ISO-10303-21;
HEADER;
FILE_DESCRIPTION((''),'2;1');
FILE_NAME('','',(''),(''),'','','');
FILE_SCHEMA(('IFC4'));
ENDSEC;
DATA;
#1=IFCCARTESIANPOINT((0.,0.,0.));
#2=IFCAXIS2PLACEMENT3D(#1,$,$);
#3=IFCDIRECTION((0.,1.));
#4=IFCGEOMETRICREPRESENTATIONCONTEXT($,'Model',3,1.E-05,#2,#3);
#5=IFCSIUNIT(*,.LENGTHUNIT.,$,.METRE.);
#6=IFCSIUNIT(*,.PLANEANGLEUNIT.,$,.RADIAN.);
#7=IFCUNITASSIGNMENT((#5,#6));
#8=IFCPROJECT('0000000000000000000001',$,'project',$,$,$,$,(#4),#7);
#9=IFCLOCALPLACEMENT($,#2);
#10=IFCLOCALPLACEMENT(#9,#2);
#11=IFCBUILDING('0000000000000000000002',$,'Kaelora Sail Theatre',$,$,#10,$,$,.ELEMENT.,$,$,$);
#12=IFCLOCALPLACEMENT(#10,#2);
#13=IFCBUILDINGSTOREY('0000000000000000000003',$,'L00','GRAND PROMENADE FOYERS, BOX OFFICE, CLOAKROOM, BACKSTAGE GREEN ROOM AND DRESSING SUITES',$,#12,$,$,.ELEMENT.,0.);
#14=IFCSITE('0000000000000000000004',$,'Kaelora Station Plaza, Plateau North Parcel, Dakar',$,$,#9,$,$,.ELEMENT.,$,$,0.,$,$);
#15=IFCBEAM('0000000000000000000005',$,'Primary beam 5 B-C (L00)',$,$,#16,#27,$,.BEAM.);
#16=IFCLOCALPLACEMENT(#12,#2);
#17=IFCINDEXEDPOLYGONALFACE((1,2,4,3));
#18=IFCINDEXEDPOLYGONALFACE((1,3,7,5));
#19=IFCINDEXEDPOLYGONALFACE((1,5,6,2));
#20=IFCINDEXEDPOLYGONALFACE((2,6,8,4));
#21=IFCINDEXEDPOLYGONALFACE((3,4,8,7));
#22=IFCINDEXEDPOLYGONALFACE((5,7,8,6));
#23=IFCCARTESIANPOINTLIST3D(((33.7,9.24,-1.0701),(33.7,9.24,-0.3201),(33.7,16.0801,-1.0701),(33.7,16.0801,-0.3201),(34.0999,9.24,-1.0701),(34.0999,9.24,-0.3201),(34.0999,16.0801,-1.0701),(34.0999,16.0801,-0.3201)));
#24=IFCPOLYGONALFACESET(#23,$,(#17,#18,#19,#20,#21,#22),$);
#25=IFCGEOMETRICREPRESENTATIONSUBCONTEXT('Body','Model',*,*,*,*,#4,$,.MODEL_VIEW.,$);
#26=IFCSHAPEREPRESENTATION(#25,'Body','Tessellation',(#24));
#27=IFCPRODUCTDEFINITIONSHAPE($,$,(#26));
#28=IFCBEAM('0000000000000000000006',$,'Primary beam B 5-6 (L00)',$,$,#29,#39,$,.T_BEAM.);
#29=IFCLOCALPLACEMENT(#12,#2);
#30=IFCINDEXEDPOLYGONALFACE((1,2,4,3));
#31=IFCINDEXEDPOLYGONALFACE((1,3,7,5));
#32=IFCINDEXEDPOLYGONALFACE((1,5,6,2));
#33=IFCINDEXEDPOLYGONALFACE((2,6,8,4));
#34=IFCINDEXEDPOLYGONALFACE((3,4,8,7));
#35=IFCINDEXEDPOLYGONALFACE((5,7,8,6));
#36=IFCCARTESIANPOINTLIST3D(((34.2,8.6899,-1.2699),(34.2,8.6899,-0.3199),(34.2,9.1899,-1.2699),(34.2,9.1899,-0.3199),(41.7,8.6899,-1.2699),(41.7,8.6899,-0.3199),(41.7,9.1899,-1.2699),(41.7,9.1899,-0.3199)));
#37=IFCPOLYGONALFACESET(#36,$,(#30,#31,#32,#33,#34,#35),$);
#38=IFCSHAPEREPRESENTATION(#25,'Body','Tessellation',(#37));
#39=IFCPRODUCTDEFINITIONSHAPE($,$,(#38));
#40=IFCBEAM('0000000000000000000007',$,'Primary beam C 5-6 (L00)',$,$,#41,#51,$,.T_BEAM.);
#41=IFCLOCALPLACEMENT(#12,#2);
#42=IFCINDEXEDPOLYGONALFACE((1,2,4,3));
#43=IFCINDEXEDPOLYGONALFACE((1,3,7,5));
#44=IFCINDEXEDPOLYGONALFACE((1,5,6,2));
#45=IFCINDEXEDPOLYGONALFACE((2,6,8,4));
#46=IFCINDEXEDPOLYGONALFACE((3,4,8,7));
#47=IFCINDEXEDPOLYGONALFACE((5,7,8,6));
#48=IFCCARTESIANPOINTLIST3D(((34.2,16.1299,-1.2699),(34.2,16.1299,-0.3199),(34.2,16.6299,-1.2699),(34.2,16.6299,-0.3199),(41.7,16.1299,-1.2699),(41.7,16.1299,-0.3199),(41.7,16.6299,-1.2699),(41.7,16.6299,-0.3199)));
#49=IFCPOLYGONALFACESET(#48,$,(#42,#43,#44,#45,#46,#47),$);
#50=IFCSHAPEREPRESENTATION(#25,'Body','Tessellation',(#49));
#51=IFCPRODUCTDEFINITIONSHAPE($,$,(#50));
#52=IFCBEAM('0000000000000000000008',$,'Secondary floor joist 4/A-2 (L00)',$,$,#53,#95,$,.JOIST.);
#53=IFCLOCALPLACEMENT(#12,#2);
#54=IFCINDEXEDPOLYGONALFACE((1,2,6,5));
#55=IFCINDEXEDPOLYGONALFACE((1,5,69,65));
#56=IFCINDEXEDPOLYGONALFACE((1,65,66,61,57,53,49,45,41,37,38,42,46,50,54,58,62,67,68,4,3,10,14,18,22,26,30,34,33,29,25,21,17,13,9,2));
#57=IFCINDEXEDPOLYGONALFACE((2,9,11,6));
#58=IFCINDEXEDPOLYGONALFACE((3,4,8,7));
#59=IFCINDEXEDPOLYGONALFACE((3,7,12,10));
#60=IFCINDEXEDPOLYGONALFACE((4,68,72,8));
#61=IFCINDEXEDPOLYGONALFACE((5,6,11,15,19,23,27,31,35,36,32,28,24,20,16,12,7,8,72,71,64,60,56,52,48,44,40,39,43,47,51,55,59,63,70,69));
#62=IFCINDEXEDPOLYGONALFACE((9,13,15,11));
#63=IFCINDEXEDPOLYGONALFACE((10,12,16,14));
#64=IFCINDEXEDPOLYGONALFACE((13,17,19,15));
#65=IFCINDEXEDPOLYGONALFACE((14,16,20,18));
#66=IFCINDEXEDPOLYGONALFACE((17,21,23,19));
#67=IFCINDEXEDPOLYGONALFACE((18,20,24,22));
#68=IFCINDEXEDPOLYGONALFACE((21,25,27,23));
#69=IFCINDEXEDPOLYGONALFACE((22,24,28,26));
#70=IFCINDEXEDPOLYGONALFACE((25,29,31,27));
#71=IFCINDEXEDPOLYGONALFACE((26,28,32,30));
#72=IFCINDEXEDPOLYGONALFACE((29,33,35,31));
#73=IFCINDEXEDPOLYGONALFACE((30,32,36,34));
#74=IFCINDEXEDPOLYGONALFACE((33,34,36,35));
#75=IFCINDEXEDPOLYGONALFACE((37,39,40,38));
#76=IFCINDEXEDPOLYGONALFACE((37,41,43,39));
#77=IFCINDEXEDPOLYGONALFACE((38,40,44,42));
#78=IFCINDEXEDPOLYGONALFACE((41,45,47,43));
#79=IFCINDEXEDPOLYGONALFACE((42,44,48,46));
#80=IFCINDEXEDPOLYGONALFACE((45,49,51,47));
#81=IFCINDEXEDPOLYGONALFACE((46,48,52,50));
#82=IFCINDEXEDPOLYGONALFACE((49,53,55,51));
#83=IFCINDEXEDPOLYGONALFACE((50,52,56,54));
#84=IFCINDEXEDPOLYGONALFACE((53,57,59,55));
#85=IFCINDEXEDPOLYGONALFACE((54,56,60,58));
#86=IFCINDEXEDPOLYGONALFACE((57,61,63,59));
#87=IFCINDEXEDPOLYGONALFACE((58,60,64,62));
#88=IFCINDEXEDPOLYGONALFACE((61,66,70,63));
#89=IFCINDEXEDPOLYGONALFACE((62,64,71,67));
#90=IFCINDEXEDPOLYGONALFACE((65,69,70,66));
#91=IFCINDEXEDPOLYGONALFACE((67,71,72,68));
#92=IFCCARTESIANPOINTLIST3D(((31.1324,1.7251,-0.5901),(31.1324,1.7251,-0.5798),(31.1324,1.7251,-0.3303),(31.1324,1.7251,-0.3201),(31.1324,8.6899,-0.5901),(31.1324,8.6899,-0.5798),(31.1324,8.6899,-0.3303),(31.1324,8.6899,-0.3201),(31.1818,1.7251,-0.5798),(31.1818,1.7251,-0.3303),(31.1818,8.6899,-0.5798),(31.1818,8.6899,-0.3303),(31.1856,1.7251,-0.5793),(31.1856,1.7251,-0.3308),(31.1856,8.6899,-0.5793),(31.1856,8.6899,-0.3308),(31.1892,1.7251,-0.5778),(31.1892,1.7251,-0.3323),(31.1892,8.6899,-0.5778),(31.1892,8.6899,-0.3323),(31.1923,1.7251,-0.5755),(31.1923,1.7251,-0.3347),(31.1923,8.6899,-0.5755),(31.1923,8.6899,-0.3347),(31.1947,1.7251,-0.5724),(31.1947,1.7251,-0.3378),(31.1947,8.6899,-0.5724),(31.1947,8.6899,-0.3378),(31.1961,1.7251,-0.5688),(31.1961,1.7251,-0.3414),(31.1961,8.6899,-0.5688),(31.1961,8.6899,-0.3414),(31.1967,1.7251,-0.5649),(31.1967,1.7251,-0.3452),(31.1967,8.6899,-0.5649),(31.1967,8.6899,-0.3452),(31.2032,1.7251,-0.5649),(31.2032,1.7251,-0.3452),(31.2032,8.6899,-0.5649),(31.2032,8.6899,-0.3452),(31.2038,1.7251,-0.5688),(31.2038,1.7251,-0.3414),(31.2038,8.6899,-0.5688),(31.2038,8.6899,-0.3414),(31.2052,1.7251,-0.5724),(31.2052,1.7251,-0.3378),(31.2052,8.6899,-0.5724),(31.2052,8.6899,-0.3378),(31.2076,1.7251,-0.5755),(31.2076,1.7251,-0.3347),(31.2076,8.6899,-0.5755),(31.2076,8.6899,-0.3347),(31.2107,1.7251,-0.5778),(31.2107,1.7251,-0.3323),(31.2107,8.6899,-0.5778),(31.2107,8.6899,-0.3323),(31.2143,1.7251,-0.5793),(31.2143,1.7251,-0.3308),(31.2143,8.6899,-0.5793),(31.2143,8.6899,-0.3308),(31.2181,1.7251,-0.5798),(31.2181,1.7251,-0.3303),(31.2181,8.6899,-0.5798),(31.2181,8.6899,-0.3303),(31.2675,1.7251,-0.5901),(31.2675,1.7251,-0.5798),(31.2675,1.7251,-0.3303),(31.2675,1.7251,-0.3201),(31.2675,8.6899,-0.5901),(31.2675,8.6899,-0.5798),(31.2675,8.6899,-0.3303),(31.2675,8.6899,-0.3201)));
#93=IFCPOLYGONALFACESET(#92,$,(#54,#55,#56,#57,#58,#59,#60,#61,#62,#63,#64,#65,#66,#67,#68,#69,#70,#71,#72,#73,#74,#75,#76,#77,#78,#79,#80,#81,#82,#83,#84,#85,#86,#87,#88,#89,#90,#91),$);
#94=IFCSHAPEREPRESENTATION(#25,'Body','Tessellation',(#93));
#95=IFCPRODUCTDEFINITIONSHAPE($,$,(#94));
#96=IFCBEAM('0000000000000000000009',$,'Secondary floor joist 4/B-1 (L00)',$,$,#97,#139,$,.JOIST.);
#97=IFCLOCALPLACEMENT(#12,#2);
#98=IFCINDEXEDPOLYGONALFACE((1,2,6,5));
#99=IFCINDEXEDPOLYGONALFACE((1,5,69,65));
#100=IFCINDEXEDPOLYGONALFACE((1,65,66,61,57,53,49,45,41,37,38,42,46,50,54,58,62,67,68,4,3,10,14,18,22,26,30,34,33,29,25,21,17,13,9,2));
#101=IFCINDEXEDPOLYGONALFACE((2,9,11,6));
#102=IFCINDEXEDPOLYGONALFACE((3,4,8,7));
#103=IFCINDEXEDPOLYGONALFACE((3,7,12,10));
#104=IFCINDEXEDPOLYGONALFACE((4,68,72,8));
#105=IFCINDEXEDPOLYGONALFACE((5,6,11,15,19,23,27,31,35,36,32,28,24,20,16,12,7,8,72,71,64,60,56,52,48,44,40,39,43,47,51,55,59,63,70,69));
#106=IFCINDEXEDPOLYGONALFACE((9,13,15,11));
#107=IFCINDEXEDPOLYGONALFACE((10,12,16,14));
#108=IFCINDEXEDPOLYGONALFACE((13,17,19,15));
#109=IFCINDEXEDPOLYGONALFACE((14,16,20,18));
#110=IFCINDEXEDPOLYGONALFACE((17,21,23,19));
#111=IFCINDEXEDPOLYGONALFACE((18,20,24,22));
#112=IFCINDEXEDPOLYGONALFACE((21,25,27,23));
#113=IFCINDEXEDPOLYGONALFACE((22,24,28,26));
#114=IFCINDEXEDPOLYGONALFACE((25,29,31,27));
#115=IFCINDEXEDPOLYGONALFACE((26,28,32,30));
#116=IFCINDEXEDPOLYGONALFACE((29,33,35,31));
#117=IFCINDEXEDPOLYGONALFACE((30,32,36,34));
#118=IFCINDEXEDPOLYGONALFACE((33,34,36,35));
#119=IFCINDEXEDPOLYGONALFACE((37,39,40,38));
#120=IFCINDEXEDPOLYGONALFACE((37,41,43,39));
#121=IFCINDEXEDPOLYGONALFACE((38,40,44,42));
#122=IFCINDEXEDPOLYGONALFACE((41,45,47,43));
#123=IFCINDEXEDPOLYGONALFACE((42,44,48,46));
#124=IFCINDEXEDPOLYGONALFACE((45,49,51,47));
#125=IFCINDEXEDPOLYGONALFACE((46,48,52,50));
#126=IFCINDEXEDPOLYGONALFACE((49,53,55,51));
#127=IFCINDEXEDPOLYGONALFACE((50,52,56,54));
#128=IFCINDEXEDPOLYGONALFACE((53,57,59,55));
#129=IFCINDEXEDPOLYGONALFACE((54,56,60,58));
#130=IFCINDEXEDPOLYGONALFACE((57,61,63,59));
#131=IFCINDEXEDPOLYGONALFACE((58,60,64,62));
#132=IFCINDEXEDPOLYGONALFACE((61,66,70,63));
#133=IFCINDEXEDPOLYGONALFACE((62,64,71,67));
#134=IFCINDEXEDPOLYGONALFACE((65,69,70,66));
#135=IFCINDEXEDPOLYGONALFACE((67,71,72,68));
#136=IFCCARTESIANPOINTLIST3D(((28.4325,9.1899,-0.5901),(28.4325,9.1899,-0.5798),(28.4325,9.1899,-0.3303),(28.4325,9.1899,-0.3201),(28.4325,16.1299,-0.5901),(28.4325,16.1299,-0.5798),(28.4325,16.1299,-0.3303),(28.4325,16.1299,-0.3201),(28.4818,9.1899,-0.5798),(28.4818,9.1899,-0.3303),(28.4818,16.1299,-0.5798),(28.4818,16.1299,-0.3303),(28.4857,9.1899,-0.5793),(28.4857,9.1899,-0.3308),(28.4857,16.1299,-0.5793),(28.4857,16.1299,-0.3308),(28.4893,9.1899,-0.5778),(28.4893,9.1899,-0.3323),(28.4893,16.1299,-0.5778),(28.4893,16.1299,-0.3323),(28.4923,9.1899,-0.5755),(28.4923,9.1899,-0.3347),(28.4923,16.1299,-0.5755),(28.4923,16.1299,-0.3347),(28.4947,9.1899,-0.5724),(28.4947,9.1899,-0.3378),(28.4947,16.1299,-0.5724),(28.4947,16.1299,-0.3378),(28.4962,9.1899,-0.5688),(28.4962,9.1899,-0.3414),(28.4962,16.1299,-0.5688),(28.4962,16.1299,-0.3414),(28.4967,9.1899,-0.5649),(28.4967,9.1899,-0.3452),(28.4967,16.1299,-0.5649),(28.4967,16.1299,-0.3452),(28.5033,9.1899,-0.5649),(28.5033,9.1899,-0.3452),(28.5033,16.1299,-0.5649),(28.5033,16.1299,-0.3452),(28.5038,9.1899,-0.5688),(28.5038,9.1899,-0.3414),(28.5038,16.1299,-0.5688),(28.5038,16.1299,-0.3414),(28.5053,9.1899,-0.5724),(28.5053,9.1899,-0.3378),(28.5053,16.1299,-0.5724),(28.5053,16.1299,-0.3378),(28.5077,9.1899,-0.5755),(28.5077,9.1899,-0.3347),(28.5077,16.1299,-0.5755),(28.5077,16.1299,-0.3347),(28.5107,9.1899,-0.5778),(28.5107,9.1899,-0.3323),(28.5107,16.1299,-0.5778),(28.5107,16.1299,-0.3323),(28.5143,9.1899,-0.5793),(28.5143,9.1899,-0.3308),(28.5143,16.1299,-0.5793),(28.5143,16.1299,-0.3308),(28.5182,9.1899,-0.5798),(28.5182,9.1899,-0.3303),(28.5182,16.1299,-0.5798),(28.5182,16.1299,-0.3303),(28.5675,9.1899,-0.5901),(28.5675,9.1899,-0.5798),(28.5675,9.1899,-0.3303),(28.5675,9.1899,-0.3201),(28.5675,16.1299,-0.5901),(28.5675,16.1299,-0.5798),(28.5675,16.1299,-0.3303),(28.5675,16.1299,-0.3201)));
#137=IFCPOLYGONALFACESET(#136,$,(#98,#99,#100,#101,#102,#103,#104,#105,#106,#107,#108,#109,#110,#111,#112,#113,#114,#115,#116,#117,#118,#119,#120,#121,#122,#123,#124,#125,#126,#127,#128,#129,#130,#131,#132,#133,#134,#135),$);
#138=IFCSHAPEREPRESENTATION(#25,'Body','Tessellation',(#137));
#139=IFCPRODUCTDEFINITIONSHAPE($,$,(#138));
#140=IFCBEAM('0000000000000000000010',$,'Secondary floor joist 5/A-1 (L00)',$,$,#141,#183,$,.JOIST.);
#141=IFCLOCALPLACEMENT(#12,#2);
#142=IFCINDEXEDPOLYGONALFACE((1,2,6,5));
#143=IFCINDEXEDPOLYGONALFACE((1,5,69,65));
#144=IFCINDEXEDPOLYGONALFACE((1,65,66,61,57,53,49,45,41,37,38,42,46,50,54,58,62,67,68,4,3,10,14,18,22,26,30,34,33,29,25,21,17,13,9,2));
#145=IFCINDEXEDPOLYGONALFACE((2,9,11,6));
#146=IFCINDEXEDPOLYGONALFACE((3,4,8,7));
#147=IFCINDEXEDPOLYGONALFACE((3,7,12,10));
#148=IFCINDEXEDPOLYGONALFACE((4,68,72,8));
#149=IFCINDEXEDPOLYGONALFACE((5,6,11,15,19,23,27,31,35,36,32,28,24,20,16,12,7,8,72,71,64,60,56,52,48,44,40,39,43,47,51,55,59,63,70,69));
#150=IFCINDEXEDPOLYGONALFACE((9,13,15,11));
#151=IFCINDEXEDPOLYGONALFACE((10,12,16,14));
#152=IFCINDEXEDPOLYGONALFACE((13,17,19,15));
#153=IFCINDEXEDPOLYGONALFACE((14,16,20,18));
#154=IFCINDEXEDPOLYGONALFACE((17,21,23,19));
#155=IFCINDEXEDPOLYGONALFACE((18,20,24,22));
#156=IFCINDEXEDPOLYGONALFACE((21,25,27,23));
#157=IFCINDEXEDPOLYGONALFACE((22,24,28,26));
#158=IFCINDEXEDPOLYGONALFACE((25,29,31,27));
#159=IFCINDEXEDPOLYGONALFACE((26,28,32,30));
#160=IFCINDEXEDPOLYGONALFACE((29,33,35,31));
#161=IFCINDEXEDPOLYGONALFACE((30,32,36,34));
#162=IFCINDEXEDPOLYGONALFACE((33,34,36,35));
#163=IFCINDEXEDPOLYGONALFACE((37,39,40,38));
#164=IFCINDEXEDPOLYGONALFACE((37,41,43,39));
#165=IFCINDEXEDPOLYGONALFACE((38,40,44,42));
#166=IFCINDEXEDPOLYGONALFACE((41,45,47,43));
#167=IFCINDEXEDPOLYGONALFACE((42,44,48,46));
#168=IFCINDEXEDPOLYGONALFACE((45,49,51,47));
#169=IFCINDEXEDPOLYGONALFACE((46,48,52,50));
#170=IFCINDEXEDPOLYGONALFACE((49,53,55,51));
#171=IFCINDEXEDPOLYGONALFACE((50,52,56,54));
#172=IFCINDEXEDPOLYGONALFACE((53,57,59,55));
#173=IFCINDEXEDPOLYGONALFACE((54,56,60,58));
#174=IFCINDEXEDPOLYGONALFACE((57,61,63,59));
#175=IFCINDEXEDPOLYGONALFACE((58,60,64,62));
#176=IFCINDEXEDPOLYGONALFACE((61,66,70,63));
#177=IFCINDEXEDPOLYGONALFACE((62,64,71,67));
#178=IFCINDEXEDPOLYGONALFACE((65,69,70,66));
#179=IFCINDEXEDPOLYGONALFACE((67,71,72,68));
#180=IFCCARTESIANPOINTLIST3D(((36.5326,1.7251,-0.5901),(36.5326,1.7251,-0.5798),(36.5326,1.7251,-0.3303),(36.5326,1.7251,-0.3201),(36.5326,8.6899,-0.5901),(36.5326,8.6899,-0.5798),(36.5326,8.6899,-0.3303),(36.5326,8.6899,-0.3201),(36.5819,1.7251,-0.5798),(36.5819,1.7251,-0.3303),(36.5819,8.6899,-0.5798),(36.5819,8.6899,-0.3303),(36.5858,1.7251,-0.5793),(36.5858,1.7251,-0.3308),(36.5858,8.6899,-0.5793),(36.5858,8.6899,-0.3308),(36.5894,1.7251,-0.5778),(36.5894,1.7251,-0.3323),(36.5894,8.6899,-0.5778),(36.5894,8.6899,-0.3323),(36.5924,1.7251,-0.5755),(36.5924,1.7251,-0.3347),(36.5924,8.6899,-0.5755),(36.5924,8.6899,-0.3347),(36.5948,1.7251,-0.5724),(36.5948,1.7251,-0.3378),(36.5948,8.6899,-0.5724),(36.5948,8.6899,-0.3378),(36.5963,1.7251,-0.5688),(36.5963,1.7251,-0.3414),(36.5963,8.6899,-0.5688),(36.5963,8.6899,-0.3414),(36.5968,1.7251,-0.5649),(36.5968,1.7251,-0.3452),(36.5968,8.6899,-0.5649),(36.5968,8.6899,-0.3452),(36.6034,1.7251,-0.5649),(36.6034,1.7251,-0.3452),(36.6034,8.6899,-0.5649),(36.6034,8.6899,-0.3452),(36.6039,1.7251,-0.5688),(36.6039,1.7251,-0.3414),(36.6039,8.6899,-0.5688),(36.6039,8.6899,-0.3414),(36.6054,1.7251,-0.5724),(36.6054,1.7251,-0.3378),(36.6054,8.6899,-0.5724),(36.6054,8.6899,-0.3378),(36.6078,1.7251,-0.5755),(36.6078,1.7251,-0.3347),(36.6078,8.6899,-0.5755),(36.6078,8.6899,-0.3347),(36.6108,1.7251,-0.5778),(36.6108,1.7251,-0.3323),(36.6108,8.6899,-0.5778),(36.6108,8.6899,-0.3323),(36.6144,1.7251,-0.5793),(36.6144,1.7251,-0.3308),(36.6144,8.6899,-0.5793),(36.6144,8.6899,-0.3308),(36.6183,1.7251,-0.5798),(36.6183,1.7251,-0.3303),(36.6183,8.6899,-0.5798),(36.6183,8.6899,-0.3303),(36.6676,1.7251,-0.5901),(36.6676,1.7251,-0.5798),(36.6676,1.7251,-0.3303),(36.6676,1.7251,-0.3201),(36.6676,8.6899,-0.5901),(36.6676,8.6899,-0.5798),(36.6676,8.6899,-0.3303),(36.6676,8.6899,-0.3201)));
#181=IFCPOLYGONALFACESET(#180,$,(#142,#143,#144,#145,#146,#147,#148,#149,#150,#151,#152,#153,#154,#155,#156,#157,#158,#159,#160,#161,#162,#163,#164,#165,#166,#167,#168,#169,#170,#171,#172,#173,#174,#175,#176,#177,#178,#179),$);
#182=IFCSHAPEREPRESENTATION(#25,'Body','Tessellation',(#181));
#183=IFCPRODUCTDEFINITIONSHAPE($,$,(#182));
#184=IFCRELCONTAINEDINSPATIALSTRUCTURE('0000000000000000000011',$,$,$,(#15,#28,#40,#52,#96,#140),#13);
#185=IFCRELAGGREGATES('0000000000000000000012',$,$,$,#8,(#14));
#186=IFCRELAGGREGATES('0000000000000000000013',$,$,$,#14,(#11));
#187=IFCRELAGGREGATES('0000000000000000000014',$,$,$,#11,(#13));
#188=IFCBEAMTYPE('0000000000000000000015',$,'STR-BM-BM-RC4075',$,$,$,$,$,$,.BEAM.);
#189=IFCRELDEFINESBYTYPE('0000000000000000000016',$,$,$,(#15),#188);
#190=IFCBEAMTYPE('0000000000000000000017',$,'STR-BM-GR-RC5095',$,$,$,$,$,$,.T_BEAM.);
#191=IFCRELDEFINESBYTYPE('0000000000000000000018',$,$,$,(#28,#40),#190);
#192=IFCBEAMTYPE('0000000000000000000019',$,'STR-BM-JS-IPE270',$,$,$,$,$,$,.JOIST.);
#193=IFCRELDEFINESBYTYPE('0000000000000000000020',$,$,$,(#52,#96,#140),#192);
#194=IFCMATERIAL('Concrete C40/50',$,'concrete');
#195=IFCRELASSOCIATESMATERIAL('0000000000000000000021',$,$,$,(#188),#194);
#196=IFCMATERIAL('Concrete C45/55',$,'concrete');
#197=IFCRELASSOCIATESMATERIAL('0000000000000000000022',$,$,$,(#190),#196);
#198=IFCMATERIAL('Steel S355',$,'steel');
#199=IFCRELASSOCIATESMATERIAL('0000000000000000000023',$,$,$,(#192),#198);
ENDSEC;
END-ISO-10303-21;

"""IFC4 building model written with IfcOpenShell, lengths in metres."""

from ifc_helpers import new_model, si_unit, direction, frame, origin, origin_2d, place, context, subcontext, project, spatial, rectangle, i_section, extrude, material, material_profile, profile_set, type_object, element, save


model = new_model("IFC4")

# Units and contexts
model_context = context("Model", 3, precision=1e-05, world=origin(), true_north=direction((0.0, 1.0)))
body_context = subcontext(model_context, "Body", "Model", "MODEL_VIEW")
ifc_project = project(units=[si_unit("LENGTHUNIT", "METRE"), si_unit("PLANEANGLEUNIT", "RADIAN")], contexts=[model_context])

# Site, building, storey
site_placement = place(None, origin())
site = spatial("IfcSite", under=ifc_project, at=site_placement, Name="Kaelora Station Plaza, Plateau North Parcel, Dakar", CompositionType="ELEMENT", RefElevation=0.0)
building_placement = place(site_placement, origin())
building = spatial("IfcBuilding", under=site, at=building_placement, Name="Kaelora Sail Theatre", CompositionType="ELEMENT")
storey_placement = place(building_placement, origin())
storey = spatial("IfcBuildingStorey", under=building, at=storey_placement, Name="L00", Description="GRAND PROMENADE FOYERS, BOX OFFICE, CLOAKROOM, BACKSTAGE GREEN ROOM AND DRESSING SUITES", CompositionType="ELEMENT", Elevation=0.0)

# Beams
ifc_material_1 = material(Name="Concrete C40/50", Category="concrete")
ifc_material_profile_1 = material_profile(ifc_material_1, rectangle(XDim=0.3999, YDim=0.75, at=origin_2d()), Name="RC-BM 400x750")
ifc_profile_set_1 = profile_set([ifc_material_profile_1], Name="Concrete C40/50")
beam_type_1 = type_object("IfcBeamType", Name="STR-BM-BM-RC4075", PredefinedType="BEAM", material=ifc_profile_set_1)
beam_1_placement = place(storey_placement, frame((33.8999, 9.24, -0.6951), z_axis=(0.0, 1.0, 0.0), x_axis=(-1.0, 0.0, 0.0)))
element("IfcBeam", 1, at=beam_1_placement, inside=storey, type_object=beam_type_1, Name="Primary beam 5 B-C (L00)", PredefinedType="BEAM", context=body_context, shape_type="SweptSolid", body=[
    extrude(rectangle(XDim=0.3999, YDim=0.75, at=origin_2d()), origin(), (0.0, 0.0, 1.0), 6.8401),
])
ifc_material_2 = material(Name="Concrete C45/55", Category="concrete")
ifc_material_profile_2 = material_profile(ifc_material_2, rectangle(XDim=0.5, YDim=0.95, at=origin_2d()), Name="RC-GRD 500x950")
ifc_profile_set_2 = profile_set([ifc_material_profile_2], Name="Concrete C45/55")
beam_type_2 = type_object("IfcBeamType", Name="STR-BM-GR-RC5095", PredefinedType="T_BEAM", material=ifc_profile_set_2)
for number, where, z_axis, x_axis, name in (
    (2, (34.2, 8.9399, -0.7949), (1.0, 0.0, 0.0), (0.0, 1.0, 0.0), "Primary beam B 5-6 (L00)"),
    (3, (34.2, 16.3799, -0.7949), (1.0, 0.0, 0.0), (0.0, 1.0, 0.0), "Primary beam C 5-6 (L00)"),
):
    element("IfcBeam", number, at=place(storey_placement, frame(where, z_axis=z_axis, x_axis=x_axis)), inside=storey, type_object=beam_type_2, Name=name, PredefinedType="T_BEAM", context=body_context, shape_type="SweptSolid", body=[
        extrude(rectangle(XDim=0.5, YDim=0.95, at=origin_2d()), origin(), (0.0, 0.0, 1.0), 7.5),
    ])
ifc_material_3 = material(Name="Steel S355", Category="steel")
ifc_material_profile_3 = material_profile(ifc_material_3, i_section(OverallWidth=0.135, OverallDepth=0.27, WebThickness=0.0066, FlangeThickness=0.0103, FilletRadius=0.0149, at=origin_2d()), Name="IPE 270")
ifc_profile_set_3 = profile_set([ifc_material_profile_3], Name="Steel S355")
beam_type_3 = type_object("IfcBeamType", Name="STR-BM-JS-IPE270", PredefinedType="JOIST", material=ifc_profile_set_3)
beam_2_placement = place(storey_placement, frame((31.2, 1.7251, -0.4551), z_axis=(0.0, 1.0, 0.0), x_axis=(-1.0, 0.0, 0.0)))
element("IfcBeam", 4, at=beam_2_placement, inside=storey, type_object=beam_type_3, Name="Secondary floor joist 4/A-2 (L00)", PredefinedType="JOIST", context=body_context, shape_type="SweptSolid", body=[
    extrude(i_section(OverallWidth=0.135, OverallDepth=0.27, WebThickness=0.0066, FlangeThickness=0.0103, FilletRadius=0.0149, at=origin_2d()), origin(), (0.0, 0.0, 1.0), 6.9648),
])
beam_3_placement = place(storey_placement, frame((28.5, 9.1899, -0.4551), z_axis=(0.0, 1.0, 0.0), x_axis=(-1.0, 0.0, 0.0)))
element("IfcBeam", 5, at=beam_3_placement, inside=storey, type_object=beam_type_3, Name="Secondary floor joist 4/B-1 (L00)", PredefinedType="JOIST", context=body_context, shape_type="SweptSolid", body=[
    extrude(i_section(OverallWidth=0.135, OverallDepth=0.27, WebThickness=0.0066, FlangeThickness=0.0103, FilletRadius=0.0149, at=origin_2d()), origin(), (0.0, 0.0, 1.0), 6.9399),
])
beam_4_placement = place(storey_placement, frame((36.6001, 1.7251, -0.4551), z_axis=(0.0, 1.0, 0.0), x_axis=(-1.0, 0.0, 0.0)))
element("IfcBeam", 6, at=beam_4_placement, inside=storey, type_object=beam_type_3, Name="Secondary floor joist 5/A-1 (L00)", PredefinedType="JOIST", context=body_context, shape_type="SweptSolid", body=[
    extrude(i_section(OverallWidth=0.135, OverallDepth=0.27, WebThickness=0.0066, FlangeThickness=0.0103, FilletRadius=0.0149, at=origin_2d()), origin(), (0.0, 0.0, 1.0), 6.9648),
])

save(model, "model.ifc")
